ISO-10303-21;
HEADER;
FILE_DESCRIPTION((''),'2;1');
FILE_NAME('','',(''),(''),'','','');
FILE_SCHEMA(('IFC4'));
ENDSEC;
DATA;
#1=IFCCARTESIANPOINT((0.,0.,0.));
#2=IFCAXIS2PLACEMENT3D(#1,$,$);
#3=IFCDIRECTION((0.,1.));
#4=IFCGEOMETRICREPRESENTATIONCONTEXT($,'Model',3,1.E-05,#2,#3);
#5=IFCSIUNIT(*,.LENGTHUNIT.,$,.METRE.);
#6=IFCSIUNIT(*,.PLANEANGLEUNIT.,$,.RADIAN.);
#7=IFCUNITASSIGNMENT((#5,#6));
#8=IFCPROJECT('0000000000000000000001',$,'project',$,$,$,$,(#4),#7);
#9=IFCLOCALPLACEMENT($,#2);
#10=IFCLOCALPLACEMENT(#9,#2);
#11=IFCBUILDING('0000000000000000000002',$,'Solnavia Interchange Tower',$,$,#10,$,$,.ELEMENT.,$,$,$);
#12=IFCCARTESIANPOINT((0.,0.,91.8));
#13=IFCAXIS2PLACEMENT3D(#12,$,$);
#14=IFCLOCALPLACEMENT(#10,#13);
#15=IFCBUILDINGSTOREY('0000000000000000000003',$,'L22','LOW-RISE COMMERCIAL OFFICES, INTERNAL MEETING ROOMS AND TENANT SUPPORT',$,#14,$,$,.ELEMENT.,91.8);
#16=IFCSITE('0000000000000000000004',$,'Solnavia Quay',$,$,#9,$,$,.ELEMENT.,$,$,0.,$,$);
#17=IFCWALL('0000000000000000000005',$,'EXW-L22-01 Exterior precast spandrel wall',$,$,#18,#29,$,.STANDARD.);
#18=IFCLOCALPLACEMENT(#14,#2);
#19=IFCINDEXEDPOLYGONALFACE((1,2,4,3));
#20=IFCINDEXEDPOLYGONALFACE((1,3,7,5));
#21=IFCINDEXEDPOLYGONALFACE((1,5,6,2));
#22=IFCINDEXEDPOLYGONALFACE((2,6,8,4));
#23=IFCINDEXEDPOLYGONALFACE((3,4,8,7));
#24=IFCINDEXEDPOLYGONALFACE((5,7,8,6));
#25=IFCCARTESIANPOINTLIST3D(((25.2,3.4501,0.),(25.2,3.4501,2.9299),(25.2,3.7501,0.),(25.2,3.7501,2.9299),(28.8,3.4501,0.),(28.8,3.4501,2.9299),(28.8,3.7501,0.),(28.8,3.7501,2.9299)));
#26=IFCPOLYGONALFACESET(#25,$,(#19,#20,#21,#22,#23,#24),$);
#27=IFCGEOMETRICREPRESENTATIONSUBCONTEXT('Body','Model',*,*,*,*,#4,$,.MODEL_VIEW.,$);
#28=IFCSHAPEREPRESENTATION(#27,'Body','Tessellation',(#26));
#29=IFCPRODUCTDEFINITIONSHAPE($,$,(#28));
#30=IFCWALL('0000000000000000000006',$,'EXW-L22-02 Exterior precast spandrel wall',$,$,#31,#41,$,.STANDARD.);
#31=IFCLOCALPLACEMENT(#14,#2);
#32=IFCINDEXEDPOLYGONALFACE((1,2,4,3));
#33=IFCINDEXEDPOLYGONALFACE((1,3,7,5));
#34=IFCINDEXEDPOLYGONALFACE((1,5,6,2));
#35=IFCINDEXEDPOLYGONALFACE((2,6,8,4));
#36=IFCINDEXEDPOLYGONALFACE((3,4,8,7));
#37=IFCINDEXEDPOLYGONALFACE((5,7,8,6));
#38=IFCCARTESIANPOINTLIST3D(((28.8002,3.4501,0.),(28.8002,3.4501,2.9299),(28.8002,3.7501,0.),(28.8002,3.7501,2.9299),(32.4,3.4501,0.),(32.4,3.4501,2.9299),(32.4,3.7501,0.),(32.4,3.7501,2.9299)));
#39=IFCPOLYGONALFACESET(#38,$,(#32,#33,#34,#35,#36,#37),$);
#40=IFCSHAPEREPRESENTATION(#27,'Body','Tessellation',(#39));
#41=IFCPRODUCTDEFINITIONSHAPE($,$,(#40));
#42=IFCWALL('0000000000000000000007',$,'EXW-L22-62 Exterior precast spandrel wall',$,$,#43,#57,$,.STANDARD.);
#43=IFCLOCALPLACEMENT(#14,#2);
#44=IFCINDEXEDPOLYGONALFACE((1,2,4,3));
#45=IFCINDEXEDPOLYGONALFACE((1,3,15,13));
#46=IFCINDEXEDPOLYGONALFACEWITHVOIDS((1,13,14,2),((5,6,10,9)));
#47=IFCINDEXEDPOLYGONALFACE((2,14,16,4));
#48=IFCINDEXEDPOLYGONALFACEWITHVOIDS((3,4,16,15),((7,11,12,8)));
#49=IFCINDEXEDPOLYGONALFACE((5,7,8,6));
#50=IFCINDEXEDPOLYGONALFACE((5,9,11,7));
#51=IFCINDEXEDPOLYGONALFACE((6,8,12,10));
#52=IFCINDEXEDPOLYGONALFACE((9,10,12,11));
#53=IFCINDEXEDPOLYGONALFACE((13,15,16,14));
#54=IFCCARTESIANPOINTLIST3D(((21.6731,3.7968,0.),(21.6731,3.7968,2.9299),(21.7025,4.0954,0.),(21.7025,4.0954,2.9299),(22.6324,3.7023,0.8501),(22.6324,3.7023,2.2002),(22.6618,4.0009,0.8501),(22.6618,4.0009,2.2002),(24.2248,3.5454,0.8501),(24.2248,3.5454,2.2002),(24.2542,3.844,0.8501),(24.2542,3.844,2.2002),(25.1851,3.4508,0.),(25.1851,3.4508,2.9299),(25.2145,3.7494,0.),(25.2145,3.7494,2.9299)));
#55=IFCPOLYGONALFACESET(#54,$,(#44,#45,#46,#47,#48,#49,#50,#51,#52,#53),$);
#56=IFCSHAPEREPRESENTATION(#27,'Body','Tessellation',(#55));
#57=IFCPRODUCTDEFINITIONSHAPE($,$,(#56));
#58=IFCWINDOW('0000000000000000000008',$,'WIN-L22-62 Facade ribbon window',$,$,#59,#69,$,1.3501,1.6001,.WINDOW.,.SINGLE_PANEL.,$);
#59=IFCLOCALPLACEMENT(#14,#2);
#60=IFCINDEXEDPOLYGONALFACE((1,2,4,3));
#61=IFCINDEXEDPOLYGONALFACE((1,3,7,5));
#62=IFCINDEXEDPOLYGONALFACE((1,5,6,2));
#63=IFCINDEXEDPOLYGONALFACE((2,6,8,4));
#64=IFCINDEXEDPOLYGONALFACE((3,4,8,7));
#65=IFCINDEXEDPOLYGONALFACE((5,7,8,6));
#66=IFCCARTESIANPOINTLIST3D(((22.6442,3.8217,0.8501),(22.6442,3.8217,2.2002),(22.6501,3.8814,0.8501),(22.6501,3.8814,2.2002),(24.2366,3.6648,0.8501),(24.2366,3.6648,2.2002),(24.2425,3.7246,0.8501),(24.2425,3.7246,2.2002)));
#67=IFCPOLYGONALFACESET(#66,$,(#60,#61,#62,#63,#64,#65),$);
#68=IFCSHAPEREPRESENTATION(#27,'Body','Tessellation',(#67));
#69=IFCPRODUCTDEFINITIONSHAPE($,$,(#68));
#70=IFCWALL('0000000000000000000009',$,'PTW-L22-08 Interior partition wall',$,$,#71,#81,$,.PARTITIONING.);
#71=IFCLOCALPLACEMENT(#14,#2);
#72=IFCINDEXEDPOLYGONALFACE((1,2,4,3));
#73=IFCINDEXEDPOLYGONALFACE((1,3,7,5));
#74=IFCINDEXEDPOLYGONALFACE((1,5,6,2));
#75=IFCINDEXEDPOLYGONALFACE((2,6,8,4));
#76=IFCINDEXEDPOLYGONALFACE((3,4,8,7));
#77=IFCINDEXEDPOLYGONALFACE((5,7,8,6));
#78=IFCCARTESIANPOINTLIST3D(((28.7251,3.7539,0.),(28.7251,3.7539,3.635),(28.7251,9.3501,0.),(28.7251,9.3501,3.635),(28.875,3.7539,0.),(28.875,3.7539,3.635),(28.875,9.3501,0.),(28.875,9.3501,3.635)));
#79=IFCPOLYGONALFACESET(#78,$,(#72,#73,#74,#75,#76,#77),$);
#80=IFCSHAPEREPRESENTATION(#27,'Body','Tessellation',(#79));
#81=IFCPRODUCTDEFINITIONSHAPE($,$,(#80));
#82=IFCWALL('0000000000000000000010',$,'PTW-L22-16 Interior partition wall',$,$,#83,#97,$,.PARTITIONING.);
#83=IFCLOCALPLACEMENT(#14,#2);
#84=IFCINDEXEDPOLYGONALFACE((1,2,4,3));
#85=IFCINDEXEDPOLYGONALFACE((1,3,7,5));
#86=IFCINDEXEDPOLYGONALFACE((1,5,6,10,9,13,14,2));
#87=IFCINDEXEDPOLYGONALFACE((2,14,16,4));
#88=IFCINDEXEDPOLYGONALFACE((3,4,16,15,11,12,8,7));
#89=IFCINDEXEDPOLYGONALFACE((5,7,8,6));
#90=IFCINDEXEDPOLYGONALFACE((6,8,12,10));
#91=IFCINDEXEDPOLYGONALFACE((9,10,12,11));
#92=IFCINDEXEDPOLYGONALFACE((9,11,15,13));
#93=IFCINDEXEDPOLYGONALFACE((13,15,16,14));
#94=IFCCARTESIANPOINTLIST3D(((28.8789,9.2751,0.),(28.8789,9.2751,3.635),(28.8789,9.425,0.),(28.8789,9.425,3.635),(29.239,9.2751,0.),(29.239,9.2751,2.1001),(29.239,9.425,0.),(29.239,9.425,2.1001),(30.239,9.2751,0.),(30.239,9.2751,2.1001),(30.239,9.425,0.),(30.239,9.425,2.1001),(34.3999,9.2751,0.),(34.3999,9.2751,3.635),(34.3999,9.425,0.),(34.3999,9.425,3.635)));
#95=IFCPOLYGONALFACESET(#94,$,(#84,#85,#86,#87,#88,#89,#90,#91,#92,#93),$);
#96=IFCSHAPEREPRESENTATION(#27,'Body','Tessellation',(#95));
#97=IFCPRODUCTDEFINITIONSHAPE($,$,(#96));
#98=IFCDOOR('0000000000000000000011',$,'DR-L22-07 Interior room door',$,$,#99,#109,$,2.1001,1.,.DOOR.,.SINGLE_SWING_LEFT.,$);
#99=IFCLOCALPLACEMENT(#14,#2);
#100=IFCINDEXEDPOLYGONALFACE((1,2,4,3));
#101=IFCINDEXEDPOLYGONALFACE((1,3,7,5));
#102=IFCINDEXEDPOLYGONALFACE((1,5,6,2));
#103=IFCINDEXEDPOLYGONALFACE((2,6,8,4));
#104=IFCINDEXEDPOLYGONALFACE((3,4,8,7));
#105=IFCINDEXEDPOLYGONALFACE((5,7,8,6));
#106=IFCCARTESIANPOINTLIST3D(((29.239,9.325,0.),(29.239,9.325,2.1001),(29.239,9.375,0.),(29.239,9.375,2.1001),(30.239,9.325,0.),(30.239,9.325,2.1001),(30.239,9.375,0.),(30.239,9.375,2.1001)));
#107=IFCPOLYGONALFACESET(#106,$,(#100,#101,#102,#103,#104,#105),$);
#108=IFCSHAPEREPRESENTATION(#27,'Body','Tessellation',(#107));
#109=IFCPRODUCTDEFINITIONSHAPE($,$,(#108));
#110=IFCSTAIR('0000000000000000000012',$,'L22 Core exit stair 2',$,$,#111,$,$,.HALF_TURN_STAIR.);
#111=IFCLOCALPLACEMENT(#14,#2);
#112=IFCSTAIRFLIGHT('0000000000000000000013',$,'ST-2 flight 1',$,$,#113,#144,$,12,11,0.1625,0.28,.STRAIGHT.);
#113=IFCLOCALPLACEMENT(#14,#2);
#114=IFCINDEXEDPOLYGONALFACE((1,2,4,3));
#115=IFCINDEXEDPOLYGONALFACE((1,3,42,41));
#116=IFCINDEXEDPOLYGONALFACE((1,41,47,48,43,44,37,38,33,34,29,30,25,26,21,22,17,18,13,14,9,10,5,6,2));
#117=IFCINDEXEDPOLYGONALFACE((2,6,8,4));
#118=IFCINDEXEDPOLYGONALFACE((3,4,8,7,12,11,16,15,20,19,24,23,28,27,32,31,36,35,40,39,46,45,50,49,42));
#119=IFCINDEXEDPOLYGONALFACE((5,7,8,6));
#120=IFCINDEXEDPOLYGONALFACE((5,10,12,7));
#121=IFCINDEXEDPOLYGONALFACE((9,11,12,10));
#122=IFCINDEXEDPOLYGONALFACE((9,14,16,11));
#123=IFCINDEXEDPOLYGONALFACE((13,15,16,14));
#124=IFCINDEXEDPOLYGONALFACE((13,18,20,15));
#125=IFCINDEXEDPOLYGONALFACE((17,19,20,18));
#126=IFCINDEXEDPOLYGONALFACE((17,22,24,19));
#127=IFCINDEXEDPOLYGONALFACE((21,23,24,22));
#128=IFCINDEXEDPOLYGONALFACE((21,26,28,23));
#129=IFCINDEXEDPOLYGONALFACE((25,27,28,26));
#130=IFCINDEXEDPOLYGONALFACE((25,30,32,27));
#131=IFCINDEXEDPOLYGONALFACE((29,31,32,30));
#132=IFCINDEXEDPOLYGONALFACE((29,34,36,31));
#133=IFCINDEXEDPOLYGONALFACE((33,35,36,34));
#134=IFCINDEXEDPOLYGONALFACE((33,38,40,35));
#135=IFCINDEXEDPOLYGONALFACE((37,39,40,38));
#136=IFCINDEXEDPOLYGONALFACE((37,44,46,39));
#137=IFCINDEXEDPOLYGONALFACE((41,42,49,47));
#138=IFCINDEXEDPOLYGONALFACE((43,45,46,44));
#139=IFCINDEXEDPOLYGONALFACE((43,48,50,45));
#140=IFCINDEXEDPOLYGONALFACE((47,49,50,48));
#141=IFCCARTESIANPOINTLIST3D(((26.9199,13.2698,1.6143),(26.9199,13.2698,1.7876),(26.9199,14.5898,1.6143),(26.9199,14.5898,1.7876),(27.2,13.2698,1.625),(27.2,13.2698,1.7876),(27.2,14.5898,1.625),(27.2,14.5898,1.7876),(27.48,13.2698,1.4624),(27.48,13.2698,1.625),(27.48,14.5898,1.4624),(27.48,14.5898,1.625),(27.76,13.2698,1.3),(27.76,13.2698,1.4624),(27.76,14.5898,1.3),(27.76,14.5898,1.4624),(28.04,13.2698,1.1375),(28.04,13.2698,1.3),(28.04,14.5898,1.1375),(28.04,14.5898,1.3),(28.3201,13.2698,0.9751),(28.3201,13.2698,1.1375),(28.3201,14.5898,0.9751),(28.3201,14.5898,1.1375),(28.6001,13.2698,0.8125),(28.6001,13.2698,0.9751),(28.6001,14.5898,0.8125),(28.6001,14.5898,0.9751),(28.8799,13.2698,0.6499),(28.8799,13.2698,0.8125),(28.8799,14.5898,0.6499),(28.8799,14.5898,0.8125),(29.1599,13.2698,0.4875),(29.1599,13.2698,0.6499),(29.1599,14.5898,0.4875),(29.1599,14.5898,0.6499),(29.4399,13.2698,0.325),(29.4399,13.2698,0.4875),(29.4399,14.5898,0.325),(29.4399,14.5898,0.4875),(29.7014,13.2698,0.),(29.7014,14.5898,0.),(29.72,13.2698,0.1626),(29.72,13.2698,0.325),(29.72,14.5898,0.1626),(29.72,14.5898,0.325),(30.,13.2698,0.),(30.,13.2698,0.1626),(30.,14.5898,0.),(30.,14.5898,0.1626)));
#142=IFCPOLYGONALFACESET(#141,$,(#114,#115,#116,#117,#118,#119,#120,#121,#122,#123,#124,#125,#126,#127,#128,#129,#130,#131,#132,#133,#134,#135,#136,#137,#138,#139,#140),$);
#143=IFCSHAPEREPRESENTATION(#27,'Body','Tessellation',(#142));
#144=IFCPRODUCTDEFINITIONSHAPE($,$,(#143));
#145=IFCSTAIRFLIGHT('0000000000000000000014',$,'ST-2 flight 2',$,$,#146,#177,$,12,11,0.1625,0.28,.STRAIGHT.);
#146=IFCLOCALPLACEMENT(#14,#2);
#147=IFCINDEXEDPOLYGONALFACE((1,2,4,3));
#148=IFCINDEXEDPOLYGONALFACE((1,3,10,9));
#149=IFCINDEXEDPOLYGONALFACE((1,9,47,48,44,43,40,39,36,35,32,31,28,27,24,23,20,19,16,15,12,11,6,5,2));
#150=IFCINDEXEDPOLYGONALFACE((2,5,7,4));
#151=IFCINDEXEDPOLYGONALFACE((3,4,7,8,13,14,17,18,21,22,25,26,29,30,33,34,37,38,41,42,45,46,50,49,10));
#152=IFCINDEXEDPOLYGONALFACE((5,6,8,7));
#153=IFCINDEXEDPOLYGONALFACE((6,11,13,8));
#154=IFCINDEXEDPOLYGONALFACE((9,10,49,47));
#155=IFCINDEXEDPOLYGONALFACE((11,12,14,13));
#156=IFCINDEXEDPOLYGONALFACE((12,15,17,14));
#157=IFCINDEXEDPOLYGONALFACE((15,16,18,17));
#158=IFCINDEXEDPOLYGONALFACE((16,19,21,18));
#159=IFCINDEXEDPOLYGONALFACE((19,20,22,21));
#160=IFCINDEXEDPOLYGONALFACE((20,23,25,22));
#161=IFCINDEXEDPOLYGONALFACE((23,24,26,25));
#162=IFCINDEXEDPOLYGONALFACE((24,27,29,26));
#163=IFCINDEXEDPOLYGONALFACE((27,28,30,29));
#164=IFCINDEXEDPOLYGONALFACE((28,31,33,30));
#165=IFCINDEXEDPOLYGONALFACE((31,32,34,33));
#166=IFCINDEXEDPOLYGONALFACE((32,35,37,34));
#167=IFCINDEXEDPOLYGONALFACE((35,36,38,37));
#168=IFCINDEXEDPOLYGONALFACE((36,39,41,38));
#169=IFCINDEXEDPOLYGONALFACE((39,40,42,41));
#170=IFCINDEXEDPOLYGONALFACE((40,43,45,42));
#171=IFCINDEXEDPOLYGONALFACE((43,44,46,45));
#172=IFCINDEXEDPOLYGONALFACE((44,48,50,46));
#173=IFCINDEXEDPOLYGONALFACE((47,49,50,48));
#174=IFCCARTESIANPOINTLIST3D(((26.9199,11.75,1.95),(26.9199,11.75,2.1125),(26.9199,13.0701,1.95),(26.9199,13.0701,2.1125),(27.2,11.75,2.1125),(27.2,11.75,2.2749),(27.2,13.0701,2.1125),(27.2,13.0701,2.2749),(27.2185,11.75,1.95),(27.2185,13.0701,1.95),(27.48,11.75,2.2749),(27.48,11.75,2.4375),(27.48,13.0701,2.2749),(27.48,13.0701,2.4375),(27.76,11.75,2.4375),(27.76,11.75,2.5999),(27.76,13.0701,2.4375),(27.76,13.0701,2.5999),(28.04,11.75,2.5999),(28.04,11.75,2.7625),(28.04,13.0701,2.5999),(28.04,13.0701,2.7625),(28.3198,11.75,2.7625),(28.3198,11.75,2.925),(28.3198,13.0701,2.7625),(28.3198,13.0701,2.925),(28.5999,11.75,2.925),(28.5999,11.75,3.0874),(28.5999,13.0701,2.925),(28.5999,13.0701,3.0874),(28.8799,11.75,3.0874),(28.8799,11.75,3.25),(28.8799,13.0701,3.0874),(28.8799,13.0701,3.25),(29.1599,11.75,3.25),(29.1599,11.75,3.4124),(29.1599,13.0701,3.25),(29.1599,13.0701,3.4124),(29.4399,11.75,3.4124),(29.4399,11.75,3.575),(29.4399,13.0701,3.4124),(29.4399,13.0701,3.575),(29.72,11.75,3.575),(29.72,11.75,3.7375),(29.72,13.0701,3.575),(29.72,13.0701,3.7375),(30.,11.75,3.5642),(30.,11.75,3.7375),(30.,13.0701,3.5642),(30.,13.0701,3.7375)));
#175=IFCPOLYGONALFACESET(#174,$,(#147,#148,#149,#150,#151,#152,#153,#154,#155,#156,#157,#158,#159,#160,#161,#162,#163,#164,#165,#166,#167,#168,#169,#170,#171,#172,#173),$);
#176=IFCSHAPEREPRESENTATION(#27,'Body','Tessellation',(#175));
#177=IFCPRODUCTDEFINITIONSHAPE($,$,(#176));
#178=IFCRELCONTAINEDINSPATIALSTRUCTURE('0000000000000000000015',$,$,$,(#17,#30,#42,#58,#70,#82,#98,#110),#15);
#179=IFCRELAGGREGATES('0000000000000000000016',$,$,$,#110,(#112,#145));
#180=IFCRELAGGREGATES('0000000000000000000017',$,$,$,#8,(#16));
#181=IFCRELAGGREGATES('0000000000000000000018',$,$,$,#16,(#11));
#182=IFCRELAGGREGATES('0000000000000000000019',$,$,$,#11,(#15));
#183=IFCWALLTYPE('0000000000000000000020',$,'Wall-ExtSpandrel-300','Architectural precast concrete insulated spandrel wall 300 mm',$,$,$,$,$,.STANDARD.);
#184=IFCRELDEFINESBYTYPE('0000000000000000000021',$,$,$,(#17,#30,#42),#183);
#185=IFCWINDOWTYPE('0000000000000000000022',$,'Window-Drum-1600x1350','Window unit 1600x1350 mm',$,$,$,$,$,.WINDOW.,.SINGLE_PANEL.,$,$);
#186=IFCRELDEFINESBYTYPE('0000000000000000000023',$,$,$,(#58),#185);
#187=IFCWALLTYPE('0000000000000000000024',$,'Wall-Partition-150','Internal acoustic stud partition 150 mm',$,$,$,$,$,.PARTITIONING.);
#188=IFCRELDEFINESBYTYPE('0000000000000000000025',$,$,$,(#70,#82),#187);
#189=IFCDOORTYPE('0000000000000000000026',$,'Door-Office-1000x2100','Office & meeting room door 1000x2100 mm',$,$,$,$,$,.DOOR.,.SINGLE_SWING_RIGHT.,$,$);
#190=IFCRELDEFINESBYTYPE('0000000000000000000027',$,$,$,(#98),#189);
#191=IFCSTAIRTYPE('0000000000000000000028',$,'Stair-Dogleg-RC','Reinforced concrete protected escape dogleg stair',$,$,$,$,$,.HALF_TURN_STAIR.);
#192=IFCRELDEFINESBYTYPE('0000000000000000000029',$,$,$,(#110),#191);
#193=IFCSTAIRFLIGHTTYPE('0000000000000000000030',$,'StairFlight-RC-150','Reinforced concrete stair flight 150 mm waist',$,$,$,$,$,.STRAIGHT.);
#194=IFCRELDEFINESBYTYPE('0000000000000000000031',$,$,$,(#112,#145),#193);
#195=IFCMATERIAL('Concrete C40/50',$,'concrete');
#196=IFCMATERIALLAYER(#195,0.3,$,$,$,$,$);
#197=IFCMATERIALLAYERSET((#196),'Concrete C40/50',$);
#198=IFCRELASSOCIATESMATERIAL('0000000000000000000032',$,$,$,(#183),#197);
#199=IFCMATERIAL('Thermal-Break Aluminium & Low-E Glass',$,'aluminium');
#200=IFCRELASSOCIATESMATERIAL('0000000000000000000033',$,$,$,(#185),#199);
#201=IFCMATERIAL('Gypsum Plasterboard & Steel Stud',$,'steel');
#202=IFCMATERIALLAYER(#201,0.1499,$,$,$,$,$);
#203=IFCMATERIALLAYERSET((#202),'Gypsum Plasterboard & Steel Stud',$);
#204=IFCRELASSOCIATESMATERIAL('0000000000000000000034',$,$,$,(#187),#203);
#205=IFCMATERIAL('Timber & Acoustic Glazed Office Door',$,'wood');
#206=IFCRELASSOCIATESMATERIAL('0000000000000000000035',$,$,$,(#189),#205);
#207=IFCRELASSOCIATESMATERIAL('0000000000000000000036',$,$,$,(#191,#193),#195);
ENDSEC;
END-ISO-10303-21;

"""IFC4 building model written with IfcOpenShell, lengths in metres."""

from ifc_helpers import new_model, si_unit, direction, frame, frame_2d, origin, place, context, subcontext, project, spatial, polyline, rectangle, outline, extrude, material, layer, layer_set, type_object, element, fill, aggregate, save


model = new_model("IFC4")

# Units and contexts
model_context = context("Model", 3, precision=1e-05, world=origin(), true_north=direction((0.0, 1.0)))
body_context = subcontext(model_context, "Body", "Model", "MODEL_VIEW")
ifc_project = project(units=[si_unit("LENGTHUNIT", "METRE"), si_unit("PLANEANGLEUNIT", "RADIAN")], contexts=[model_context])

# Site, building, storey
site_placement = place(None, origin())
site = spatial("IfcSite", under=ifc_project, at=site_placement, Name="Solnavia Quay", CompositionType="ELEMENT", RefElevation=0.0)
building_placement = place(site_placement, origin())
building = spatial("IfcBuilding", under=site, at=building_placement, Name="Solnavia Interchange Tower", CompositionType="ELEMENT")
storey_placement = place(building_placement, frame((0.0, 0.0, 91.8)))
storey = spatial("IfcBuildingStorey", under=building, at=storey_placement, Name="L22", Description="LOW-RISE COMMERCIAL OFFICES, INTERNAL MEETING ROOMS AND TENANT SUPPORT", CompositionType="ELEMENT", Elevation=91.8)

# Walls
ifc_material_1 = material(Name="Concrete C40/50", Category="concrete")
ifc_layer_1 = layer(ifc_material_1, 0.3)
ifc_layer_set_1 = layer_set([ifc_layer_1], Name="Concrete C40/50")
wall_type_1 = type_object("IfcWallType", Name="Wall-ExtSpandrel-300", Description="Architectural precast concrete insulated spandrel wall 300 mm", PredefinedType="STANDARD", material=ifc_layer_set_1)
wall_1_placement = place(storey_placement, frame((28.8, 3.6001, 0.0), z_axis=(0.0, 0.0, 1.0), x_axis=(-1.0, 0.0, 0.0)))
element("IfcWall", 1, at=wall_1_placement, inside=storey, type_object=wall_type_1, Name="EXW-L22-01 Exterior precast spandrel wall", PredefinedType="STANDARD", context=body_context, shape_type="SweptSolid", body=[
    extrude(rectangle(XDim=3.6001, YDim=0.3, at=frame_2d((1.8, 0.0))), origin(), (0.0, 0.0, 1.0), 2.9299),
])
wall_2_placement = place(storey_placement, frame((32.3999, 3.6001, 0.0), z_axis=(0.0, 0.0, 1.0), x_axis=(-1.0, 0.0, 0.0)))
element("IfcWall", 2, at=wall_2_placement, inside=storey, type_object=wall_type_1, Name="EXW-L22-02 Exterior precast spandrel wall", PredefinedType="STANDARD", context=body_context, shape_type="SweptSolid", body=[
    extrude(rectangle(XDim=3.5999, YDim=0.3, at=frame_2d((1.7998, 0.0))), origin(), (0.0, 0.0, 1.0), 2.9299),
])

# Wall, opening, window
wall_3_placement = place(storey_placement, frame((25.2, 3.6001, 0.0), z_axis=(0.0, 0.0, 1.0), x_axis=(-0.995183, 0.098031, 0.0)))
wall_3 = element("IfcWall", 3, at=wall_3_placement, inside=storey, type_object=wall_type_1, Name="EXW-L22-62 Exterior precast spandrel wall", PredefinedType="STANDARD", context=body_context, shape_type="SweptSolid", body=[
    extrude(rectangle(XDim=3.5291, YDim=0.3, at=frame_2d((1.7646, 0.0))), origin(), (0.0, 0.0, 1.0), 2.9299),
])
opening_1_placement = place(wall_3_placement, frame((0.9651, 0.0, 0.8501)))
opening_1 = element("IfcOpeningElement", 4, at=opening_1_placement, cuts=wall_3, PredefinedType="OPENING", context=body_context, shape_type="SweptSolid", body=[
    extrude(rectangle(XDim=1.6001, YDim=1.3501, at=frame_2d((0.8, 0.675))), frame((0.0, 0.1602, 0.0), z_axis=(0.0, -1.0, 0.0), x_axis=(1.0, 0.0, 0.0)), (0.0, 0.0, 1.0), 0.3201),
])
ifc_material_2 = material(Name="Thermal-Break Aluminium & Low-E Glass", Category="aluminium")
window_type = type_object("IfcWindowType", Name="Window-Drum-1600x1350", Description="Window unit 1600x1350 mm", PartitioningType="SINGLE_PANEL", PredefinedType="WINDOW", material=ifc_material_2)
window_placement = place(opening_1_placement, origin())
window = element("IfcWindow", 5, at=window_placement, inside=storey, type_object=window_type, Name="WIN-L22-62 Facade ribbon window", OverallHeight=1.3501, OverallWidth=1.6001, PartitioningType="SINGLE_PANEL", PredefinedType="WINDOW", context=body_context, shape_type="SweptSolid", body=[
    extrude(rectangle(XDim=1.6001, YDim=1.3501, at=frame_2d((0.8, 0.675))), frame((0.0, 0.03, 0.0), z_axis=(0.0, -1.0, 0.0), x_axis=(1.0, 0.0, 0.0)), (0.0, 0.0, 1.0), 0.0601),
])
fill(opening_1, window)

# Wall
ifc_material_3 = material(Name="Gypsum Plasterboard & Steel Stud", Category="steel")
ifc_layer_2 = layer(ifc_material_3, 0.1499)
ifc_layer_set_2 = layer_set([ifc_layer_2], Name="Gypsum Plasterboard & Steel Stud")
wall_type_2 = type_object("IfcWallType", Name="Wall-Partition-150", Description="Internal acoustic stud partition 150 mm", PredefinedType="PARTITIONING", material=ifc_layer_set_2)
wall_4_placement = place(storey_placement, frame((28.8, 9.3501, 0.0), z_axis=(0.0, 0.0, 1.0), x_axis=(0.0, -1.0, 0.0)))
element("IfcWall", 6, at=wall_4_placement, inside=storey, type_object=wall_type_2, Name="PTW-L22-08 Interior partition wall", PredefinedType="PARTITIONING", context=body_context, shape_type="SweptSolid", body=[
    extrude(rectangle(XDim=5.5962, YDim=0.1499, at=frame_2d((2.7981, 0.0))), origin(), (0.0, 0.0, 1.0), 3.635),
])

# Wall, opening, door
wall_5_placement = place(storey_placement, frame((28.8789, 9.3501, 0.0), z_axis=(0.0, 0.0, 1.0), x_axis=(1.0, 0.0, 0.0)))
wall_5 = element("IfcWall", 7, at=wall_5_placement, inside=storey, type_object=wall_type_2, Name="PTW-L22-16 Interior partition wall", PredefinedType="PARTITIONING", context=body_context, shape_type="SweptSolid", body=[
    extrude(rectangle(XDim=5.521, YDim=0.1499, at=frame_2d((2.7605, 0.0))), origin(), (0.0, 0.0, 1.0), 3.635),
])
opening_2_placement = place(wall_5_placement, frame((0.3601, 0.0, 0.0)))
opening_2 = element("IfcOpeningElement", 8, at=opening_2_placement, cuts=wall_5, PredefinedType="OPENING", context=body_context, shape_type="SweptSolid", body=[
    extrude(rectangle(XDim=1.0, YDim=2.1001, at=frame_2d((0.5, 1.05))), frame((0.0, 0.085, 0.0), z_axis=(0.0, -1.0, 0.0), x_axis=(1.0, 0.0, 0.0)), (0.0, 0.0, 1.0), 0.1699),
])
ifc_material_4 = material(Name="Timber & Acoustic Glazed Office Door", Category="wood")
door_type = type_object("IfcDoorType", Name="Door-Office-1000x2100", Description="Office & meeting room door 1000x2100 mm", OperationType="SINGLE_SWING_RIGHT", PredefinedType="DOOR", material=ifc_material_4)
door_placement = place(opening_2_placement, origin())
door = element("IfcDoor", 9, at=door_placement, inside=storey, type_object=door_type, Name="DR-L22-07 Interior room door", OperationType="SINGLE_SWING_LEFT", OverallHeight=2.1001, OverallWidth=1.0, PredefinedType="DOOR", context=body_context, shape_type="SweptSolid", body=[
    extrude(rectangle(XDim=1.0, YDim=2.1001, at=frame_2d((0.5, 1.05))), frame((0.0, 0.0249, 0.0), z_axis=(0.0, -1.0, 0.0), x_axis=(1.0, 0.0, 0.0)), (0.0, 0.0, 1.0), 0.05),
])
fill(opening_2, door)

# Stair, stair flights
stair_type = type_object("IfcStairType", Name="Stair-Dogleg-RC", Description="Reinforced concrete protected escape dogleg stair", PredefinedType="HALF_TURN_STAIR", material=ifc_material_1)
stair_placement = place(storey_placement, origin())
stair = element("IfcStair", 10, at=stair_placement, inside=storey, type_object=stair_type, Name="L22 Core exit stair 2", PredefinedType="HALF_TURN_STAIR")
stair_flight_type = type_object("IfcStairFlightType", Name="StairFlight-RC-150", Description="Reinforced concrete stair flight 150 mm waist", PredefinedType="STRAIGHT", material=ifc_material_1)
stair_flight_1_placement = place(storey_placement, frame((30.0, 13.9299, 0.0), z_axis=(0.0, 0.0, 1.0), x_axis=(-1.0, 0.0, 0.0)))
stair_flight_1 = element("IfcStairFlight", 11, at=stair_flight_1_placement, type_object=stair_flight_type, Name="ST-2 flight 1", NumberOfRisers=12, NumberOfTreads=11, PredefinedType="STRAIGHT", RiserHeight=0.1625, TreadLength=0.28, context=body_context, shape_type="SweptSolid", body=[
    extrude(outline(polyline([(0.0, 0.0), (0.0, 0.1626), (0.28, 0.1626), (0.28, 0.325), (0.5601, 0.325), (0.5601, 0.4875), (0.8401, 0.4875), (0.8401, 0.6499), (1.1201, 0.6499), (1.1201, 0.8125), (1.3999, 0.8125), (1.3999, 0.9751), (1.6799, 0.9751), (1.6799, 1.1375), (1.96, 1.1375), (1.96, 1.3), (2.24, 1.3), (2.24, 1.4624), (2.52, 1.4624), (2.52, 1.625), (2.8, 1.625), (2.8, 1.7876), (3.0801, 1.7876), (3.0801, 1.95), (3.0801, 1.6143), (0.2986, 0.0), (0.0, 0.0)])), frame((0.0, 0.6602, 0.0), z_axis=(0.0, -1.0, 0.0), x_axis=(1.0, 0.0, 0.0)), (0.0, 0.0, 1.0), 1.3201),
])
stair_flight_2_placement = place(storey_placement, frame((26.9199, 12.4099, 1.95), z_axis=(0.0, 0.0, 1.0), x_axis=(1.0, 0.0, 0.0)))
stair_flight_2 = element("IfcStairFlight", 12, at=stair_flight_2_placement, type_object=stair_flight_type, Name="ST-2 flight 2", NumberOfRisers=12, NumberOfTreads=11, PredefinedType="STRAIGHT", RiserHeight=0.1625, TreadLength=0.28, context=body_context, shape_type="SweptSolid", body=[
    extrude(outline(polyline([(0.0, 0.0), (0.0, 0.1626), (0.28, 0.1626), (0.28, 0.325), (0.5601, 0.325), (0.5601, 0.4875), (0.8401, 0.4875), (0.8401, 0.6499), (1.1201, 0.6499), (1.1201, 0.8125), (1.3999, 0.8125), (1.3999, 0.9751), (1.6799, 0.9751), (1.6799, 1.1375), (1.96, 1.1375), (1.96, 1.3), (2.24, 1.3), (2.24, 1.4624), (2.52, 1.4624), (2.52, 1.625), (2.8, 1.625), (2.8, 1.7876), (3.0801, 1.7876), (3.0801, 1.95), (3.0801, 1.6143), (0.2986, 0.0), (0.0, 0.0)])), frame((0.0, 0.6602, 0.0), z_axis=(0.0, -1.0, 0.0), x_axis=(1.0, 0.0, 0.0)), (0.0, 0.0, 1.0), 1.3201),
])
aggregate(stair, [stair_flight_1, stair_flight_2])

save(model, "model.ifc")
